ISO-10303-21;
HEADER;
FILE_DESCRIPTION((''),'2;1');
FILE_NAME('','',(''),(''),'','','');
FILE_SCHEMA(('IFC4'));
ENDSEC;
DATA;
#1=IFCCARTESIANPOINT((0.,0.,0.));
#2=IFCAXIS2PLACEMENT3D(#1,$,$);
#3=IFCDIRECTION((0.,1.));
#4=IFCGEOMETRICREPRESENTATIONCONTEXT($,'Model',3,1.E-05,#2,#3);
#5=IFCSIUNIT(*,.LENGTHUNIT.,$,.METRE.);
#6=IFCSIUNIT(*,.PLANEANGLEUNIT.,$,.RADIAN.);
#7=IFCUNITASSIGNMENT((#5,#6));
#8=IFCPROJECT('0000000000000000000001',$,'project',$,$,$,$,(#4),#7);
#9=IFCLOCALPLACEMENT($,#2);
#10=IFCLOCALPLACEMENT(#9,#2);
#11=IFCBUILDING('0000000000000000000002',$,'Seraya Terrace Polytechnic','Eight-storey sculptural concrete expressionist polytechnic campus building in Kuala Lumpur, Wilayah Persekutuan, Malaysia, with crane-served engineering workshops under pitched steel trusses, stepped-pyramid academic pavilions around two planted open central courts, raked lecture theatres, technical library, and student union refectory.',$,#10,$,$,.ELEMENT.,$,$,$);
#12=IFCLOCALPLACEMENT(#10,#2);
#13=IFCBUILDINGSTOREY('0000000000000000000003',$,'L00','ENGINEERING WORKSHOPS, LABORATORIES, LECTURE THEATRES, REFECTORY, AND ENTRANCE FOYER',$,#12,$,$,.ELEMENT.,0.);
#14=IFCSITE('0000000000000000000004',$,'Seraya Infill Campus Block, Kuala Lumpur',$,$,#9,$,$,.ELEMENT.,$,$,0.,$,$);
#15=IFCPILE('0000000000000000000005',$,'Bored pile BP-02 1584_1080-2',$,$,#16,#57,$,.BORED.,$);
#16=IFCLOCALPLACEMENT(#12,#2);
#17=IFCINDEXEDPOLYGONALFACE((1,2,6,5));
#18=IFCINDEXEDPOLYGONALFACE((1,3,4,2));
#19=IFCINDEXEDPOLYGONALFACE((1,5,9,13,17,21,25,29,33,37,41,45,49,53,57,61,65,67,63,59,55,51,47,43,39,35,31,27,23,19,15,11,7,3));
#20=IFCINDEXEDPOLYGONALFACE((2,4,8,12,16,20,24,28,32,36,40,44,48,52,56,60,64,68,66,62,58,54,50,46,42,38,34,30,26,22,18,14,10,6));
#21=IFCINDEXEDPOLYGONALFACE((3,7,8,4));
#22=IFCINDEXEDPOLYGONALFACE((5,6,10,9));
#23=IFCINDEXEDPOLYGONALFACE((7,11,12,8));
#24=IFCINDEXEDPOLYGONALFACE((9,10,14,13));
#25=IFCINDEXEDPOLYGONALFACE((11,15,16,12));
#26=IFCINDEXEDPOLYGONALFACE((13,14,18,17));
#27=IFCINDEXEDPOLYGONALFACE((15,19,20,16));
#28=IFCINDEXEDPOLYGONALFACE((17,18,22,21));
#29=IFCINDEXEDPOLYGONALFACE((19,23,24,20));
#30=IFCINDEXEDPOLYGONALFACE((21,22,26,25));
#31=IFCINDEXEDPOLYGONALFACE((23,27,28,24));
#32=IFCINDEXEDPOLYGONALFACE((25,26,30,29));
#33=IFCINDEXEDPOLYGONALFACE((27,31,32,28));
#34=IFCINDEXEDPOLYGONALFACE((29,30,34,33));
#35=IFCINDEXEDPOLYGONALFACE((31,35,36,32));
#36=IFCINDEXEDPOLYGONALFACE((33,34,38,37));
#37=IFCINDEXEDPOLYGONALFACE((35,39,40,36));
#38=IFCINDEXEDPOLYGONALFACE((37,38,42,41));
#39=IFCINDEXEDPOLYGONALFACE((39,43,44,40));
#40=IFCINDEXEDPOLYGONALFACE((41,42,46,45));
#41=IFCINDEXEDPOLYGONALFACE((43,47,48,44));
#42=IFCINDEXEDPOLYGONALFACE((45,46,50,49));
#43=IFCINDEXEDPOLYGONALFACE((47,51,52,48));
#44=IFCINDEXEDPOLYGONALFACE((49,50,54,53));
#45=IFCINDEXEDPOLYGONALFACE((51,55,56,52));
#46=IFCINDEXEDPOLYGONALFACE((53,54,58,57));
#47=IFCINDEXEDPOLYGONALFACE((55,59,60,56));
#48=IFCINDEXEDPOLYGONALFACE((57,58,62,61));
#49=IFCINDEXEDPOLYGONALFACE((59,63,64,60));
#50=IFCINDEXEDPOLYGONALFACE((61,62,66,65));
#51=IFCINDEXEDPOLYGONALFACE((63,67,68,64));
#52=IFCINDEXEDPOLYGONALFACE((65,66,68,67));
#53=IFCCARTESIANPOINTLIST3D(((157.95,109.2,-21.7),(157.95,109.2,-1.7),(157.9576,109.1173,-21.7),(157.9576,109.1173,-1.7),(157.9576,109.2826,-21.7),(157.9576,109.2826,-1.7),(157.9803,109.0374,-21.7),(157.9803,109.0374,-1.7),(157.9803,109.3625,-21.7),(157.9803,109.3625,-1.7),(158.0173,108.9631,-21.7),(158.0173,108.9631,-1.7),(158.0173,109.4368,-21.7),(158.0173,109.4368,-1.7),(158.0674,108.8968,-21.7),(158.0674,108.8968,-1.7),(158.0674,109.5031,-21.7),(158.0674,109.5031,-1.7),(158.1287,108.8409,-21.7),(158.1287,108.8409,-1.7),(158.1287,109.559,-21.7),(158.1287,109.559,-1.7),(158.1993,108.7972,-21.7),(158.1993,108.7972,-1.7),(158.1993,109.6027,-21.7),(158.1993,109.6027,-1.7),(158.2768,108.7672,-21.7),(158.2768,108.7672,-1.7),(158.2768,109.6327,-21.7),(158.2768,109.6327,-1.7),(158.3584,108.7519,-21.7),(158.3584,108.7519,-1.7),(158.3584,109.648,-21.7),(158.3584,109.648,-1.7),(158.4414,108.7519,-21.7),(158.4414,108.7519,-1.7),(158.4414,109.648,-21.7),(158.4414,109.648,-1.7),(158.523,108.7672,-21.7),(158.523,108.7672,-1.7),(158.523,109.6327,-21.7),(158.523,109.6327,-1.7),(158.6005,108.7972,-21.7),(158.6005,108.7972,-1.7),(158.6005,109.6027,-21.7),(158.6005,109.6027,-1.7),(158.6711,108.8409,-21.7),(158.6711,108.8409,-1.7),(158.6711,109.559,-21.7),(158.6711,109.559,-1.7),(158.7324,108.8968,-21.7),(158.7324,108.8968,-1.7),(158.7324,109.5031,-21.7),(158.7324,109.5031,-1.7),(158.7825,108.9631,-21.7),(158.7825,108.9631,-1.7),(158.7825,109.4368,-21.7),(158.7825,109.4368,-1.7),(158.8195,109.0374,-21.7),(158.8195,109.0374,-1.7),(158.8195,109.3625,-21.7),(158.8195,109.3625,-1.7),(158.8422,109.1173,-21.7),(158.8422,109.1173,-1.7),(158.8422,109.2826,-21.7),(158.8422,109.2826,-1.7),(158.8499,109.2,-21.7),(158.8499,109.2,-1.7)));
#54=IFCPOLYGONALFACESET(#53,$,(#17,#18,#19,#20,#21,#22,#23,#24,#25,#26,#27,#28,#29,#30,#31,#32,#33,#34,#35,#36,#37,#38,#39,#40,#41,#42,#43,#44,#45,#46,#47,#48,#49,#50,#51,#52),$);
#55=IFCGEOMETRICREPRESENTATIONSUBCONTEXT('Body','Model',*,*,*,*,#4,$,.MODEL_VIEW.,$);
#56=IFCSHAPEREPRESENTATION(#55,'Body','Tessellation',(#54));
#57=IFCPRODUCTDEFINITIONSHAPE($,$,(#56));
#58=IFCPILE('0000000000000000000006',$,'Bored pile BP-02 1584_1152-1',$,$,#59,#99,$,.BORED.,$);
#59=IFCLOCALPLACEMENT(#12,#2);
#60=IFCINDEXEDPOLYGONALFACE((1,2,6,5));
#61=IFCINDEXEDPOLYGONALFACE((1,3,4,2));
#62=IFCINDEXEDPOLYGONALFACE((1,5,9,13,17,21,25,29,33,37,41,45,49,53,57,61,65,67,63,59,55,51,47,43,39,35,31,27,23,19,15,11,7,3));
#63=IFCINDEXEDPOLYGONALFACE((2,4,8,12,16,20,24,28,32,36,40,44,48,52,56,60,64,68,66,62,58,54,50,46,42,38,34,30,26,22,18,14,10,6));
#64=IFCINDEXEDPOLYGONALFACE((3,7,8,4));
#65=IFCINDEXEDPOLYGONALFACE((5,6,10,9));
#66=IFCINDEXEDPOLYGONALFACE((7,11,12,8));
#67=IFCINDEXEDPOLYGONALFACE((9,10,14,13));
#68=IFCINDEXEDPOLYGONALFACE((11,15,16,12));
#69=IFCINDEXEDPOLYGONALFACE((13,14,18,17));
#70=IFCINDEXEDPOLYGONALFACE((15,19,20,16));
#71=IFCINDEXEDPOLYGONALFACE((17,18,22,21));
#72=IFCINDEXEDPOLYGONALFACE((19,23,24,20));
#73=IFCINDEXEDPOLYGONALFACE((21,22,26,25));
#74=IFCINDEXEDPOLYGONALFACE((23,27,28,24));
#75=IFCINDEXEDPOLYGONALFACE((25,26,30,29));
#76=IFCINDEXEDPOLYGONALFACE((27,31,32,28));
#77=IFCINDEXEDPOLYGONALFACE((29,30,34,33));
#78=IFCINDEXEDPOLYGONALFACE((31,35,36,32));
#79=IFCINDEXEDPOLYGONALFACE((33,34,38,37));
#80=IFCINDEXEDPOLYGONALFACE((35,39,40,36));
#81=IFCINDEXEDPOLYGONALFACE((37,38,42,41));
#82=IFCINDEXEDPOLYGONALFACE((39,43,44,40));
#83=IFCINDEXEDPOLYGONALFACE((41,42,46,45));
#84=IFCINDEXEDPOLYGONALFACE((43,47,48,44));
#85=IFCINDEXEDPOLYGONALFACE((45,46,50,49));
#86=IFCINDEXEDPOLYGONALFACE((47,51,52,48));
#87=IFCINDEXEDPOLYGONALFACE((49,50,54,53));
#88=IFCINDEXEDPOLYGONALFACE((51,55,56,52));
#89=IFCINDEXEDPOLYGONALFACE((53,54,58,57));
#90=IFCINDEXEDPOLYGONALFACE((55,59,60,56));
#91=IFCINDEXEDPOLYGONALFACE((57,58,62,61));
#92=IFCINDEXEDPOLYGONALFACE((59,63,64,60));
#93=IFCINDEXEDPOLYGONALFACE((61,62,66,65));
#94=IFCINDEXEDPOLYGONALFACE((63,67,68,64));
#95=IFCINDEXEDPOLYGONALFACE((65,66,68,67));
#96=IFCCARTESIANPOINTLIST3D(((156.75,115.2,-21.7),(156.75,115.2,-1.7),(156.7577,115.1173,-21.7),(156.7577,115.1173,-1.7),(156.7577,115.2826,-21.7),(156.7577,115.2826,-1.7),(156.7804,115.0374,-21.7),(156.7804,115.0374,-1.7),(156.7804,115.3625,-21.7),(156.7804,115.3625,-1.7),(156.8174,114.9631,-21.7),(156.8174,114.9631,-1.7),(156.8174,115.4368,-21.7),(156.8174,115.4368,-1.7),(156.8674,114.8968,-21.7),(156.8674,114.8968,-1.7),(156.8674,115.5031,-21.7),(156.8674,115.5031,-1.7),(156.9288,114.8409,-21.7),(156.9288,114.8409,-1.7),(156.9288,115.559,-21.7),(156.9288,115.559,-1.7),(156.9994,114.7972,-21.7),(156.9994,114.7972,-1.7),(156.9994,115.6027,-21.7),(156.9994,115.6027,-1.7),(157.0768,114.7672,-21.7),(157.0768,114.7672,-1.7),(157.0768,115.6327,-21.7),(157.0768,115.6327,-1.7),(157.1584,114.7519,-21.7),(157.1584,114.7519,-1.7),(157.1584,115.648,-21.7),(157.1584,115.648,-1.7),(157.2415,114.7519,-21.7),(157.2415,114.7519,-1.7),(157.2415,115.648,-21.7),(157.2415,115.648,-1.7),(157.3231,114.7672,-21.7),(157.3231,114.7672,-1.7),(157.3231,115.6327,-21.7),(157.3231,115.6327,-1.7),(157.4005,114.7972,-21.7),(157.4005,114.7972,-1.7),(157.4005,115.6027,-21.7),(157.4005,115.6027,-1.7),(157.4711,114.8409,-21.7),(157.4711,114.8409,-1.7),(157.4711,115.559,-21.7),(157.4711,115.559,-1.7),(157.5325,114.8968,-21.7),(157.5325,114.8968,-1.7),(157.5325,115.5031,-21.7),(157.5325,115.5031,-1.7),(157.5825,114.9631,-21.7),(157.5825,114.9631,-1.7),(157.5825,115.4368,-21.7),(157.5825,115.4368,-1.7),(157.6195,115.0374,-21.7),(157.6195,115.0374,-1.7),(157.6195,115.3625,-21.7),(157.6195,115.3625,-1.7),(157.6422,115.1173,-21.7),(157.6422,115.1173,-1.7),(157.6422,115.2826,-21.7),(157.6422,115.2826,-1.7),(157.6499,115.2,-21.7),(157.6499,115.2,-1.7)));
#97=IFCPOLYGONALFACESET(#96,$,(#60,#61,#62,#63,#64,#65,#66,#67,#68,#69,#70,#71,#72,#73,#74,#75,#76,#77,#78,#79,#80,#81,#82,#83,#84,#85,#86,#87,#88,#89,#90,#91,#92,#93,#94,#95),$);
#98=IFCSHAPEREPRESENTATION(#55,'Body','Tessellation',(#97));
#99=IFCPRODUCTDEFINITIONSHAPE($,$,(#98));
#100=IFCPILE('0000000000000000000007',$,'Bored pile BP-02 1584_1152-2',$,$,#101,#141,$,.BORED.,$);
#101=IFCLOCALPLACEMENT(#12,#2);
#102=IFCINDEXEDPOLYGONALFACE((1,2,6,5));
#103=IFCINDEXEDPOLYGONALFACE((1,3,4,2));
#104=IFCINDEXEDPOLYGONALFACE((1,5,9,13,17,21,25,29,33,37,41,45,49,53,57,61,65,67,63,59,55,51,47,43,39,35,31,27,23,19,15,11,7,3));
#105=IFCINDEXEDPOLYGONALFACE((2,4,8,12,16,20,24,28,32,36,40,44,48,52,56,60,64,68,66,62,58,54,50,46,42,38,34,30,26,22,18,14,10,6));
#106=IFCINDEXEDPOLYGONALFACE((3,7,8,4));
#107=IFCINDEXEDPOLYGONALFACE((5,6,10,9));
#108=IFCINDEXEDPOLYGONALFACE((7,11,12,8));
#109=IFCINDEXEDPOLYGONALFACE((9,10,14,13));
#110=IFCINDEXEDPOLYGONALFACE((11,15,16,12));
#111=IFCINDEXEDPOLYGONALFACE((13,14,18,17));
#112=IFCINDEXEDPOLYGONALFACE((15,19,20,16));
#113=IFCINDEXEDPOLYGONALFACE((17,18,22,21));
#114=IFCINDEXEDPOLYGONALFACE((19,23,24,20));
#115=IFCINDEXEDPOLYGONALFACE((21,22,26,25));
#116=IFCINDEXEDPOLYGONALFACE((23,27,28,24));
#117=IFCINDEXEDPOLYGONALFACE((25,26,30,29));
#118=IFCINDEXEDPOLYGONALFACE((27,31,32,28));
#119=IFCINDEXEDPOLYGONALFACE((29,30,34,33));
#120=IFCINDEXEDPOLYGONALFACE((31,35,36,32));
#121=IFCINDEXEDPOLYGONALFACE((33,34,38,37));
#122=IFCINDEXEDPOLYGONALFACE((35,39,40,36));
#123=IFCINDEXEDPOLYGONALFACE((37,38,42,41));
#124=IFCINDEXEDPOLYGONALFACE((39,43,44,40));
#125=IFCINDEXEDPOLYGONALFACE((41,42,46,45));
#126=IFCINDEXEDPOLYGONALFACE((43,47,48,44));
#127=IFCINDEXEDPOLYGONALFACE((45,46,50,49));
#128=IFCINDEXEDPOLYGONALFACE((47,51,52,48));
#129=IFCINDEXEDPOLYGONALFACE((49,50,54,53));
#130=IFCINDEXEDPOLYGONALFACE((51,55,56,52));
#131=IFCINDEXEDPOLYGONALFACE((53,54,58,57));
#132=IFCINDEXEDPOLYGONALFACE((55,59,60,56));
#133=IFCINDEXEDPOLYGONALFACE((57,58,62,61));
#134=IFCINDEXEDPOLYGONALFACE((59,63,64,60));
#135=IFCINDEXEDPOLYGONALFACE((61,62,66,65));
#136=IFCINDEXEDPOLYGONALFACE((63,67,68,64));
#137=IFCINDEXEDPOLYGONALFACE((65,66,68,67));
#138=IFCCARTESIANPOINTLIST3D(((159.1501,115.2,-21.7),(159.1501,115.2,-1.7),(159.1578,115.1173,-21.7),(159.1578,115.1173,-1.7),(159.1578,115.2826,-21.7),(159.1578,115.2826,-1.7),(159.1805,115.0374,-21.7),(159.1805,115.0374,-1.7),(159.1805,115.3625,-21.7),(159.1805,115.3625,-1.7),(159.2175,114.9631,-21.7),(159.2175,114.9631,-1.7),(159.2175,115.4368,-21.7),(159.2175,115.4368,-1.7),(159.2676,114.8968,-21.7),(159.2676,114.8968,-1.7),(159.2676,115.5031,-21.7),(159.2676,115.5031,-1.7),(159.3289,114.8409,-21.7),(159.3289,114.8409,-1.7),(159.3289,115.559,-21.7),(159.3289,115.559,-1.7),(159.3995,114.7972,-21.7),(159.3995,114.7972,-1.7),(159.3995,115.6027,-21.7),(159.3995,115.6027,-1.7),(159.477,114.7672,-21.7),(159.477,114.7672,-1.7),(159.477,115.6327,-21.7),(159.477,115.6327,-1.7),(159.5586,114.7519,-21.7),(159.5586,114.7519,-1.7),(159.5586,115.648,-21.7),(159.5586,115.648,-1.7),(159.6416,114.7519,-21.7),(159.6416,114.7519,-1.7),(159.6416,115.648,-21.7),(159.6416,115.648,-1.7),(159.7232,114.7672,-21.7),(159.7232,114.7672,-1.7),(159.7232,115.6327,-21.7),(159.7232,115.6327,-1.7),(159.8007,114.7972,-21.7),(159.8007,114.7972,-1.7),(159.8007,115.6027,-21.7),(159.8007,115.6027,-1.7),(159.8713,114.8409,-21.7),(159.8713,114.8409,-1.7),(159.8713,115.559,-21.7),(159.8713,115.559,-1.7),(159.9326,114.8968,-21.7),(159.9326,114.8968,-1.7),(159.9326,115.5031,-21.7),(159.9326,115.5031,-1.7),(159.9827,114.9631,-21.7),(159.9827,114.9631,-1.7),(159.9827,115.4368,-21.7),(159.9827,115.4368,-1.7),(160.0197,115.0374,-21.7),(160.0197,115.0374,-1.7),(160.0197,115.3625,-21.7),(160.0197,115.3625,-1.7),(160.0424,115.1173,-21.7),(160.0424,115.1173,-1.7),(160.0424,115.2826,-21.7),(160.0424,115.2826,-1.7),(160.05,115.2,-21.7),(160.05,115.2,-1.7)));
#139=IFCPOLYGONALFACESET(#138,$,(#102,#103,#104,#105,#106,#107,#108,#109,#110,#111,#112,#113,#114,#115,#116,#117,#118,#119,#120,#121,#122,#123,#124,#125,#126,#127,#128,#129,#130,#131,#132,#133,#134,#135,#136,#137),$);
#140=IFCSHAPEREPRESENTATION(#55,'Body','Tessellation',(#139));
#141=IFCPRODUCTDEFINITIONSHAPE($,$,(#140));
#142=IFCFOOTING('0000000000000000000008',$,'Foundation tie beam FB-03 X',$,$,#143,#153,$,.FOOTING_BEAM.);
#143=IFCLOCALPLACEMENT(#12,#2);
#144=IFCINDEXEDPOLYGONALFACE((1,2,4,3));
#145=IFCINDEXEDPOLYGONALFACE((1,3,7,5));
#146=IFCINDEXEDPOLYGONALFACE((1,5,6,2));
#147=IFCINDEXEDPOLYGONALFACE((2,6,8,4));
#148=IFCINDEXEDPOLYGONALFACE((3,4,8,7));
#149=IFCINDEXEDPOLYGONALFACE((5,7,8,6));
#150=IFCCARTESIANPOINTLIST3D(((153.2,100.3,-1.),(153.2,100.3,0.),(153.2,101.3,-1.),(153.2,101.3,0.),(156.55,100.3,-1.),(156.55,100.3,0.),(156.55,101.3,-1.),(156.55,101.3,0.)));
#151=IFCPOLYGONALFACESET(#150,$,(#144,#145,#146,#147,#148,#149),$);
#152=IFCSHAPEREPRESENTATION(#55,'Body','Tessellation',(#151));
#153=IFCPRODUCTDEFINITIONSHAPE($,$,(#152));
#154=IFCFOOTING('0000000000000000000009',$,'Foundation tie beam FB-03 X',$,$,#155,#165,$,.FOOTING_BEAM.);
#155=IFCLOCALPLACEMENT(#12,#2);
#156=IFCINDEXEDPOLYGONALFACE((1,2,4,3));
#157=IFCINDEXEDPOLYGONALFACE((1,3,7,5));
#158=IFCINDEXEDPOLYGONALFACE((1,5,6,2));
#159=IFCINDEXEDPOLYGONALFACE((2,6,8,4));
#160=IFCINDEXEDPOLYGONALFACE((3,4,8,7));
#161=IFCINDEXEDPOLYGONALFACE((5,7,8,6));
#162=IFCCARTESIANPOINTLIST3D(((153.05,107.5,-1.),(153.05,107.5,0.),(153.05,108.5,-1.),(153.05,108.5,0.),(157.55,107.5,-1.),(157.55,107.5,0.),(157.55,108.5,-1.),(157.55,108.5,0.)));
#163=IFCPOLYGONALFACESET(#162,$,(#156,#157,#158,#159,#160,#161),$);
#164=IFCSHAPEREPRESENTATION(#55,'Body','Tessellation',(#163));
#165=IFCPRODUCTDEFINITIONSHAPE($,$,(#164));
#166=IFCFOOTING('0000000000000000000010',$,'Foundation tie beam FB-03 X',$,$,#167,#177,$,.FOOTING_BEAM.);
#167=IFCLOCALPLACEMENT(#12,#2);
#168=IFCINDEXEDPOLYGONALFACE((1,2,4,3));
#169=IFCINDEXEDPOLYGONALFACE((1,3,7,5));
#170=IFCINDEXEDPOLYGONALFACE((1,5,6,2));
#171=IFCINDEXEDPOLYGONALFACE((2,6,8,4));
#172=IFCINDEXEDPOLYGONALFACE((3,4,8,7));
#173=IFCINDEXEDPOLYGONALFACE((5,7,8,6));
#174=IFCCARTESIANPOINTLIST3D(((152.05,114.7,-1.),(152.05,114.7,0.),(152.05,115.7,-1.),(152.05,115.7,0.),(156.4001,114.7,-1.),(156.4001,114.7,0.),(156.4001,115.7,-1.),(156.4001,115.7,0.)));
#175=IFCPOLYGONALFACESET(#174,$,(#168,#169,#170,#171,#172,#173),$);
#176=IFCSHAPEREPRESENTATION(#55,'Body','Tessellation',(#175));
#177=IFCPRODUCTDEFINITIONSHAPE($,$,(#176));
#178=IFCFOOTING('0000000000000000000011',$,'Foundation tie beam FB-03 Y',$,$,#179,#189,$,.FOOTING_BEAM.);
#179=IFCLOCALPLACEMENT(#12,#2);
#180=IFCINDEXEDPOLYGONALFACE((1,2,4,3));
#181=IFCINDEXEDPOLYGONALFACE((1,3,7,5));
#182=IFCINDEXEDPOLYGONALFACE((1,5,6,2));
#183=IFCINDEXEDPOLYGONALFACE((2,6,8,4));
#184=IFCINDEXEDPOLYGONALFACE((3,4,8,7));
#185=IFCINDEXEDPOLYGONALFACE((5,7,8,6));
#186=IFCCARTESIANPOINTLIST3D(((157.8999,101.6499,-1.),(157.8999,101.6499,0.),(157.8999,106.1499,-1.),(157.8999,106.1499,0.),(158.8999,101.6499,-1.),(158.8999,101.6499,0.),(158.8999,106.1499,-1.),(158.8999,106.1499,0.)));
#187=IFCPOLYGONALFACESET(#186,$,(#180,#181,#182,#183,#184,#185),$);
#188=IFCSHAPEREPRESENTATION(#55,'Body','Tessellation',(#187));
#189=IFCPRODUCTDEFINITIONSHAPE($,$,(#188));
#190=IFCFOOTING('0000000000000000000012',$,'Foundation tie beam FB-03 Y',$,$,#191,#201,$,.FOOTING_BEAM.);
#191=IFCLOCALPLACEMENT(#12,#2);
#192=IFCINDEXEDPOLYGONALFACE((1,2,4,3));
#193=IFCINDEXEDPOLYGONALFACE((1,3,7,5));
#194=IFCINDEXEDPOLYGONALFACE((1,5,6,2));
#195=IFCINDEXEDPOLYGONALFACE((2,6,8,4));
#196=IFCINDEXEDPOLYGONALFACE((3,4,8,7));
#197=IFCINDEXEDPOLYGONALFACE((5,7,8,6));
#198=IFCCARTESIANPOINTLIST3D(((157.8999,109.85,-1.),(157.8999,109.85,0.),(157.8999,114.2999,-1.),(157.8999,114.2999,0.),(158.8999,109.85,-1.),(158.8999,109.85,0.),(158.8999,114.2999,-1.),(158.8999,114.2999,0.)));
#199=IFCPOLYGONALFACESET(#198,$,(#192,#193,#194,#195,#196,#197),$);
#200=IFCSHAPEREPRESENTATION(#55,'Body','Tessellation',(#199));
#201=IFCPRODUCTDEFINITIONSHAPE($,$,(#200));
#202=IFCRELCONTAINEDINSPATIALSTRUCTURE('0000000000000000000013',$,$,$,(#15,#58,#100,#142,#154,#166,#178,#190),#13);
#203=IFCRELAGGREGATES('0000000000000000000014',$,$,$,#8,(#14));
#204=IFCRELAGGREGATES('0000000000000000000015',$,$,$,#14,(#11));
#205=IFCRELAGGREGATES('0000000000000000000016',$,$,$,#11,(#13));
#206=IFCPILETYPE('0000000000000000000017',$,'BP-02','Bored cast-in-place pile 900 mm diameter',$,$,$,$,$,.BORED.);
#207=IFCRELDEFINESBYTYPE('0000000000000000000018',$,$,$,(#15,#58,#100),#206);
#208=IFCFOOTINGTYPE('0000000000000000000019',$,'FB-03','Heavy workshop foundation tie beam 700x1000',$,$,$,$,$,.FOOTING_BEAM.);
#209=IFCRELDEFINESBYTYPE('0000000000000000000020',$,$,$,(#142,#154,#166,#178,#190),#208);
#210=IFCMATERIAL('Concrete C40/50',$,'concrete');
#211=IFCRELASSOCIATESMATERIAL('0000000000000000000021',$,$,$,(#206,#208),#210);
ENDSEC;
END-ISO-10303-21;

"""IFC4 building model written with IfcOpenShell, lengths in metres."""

from ifc_helpers import new_model, si_unit, direction, frame, origin, origin_2d, place, context, subcontext, project, spatial, rectangle, circle, extrude, material, material_profile, profile_set, type_object, element, save


model = new_model("IFC4")

# Units and contexts
model_context = context("Model", 3, precision=1e-05, world=origin(), true_north=direction((0.0, 1.0)))
body_context = subcontext(model_context, "Body", "Model", "MODEL_VIEW")
ifc_project = project(units=[si_unit("LENGTHUNIT", "METRE"), si_unit("PLANEANGLEUNIT", "RADIAN")], contexts=[model_context])

# Site, building, storey
site_placement = place(None, origin())
site = spatial("IfcSite", under=ifc_project, at=site_placement, Name="Seraya Infill Campus Block, Kuala Lumpur", CompositionType="ELEMENT", RefElevation=0.0)
building_placement = place(site_placement, origin())
building = spatial("IfcBuilding", under=site, at=building_placement, Name="Seraya Terrace Polytechnic", Description="Eight-storey sculptural concrete expressionist polytechnic campus building in Kuala Lumpur, Wilayah Persekutuan, Malaysia, with crane-served engineering workshops under pitched steel trusses, stepped-pyramid academic pavilions around two planted open central courts, raked lecture theatres, technical library, and student union refectory.", CompositionType="ELEMENT")
storey_placement = place(building_placement, origin())
storey = spatial("IfcBuildingStorey", under=building, at=storey_placement, Name="L00", Description="ENGINEERING WORKSHOPS, LABORATORIES, LECTURE THEATRES, REFECTORY, AND ENTRANCE FOYER", CompositionType="ELEMENT", Elevation=0.0)

# Piles
ifc_material_1 = material(Name="Concrete C40/50", Category="concrete")
ifc_material_profile_1 = material_profile(ifc_material_1, circle(Radius=0.45, at=origin_2d()), Name="DIA 900")
ifc_profile_set_1 = profile_set([ifc_material_profile_1], Name="Concrete C40/50")
pile_type = type_object("IfcPileType", Name="BP-02", Description="Bored cast-in-place pile 900 mm diameter", PredefinedType="BORED", material=ifc_profile_set_1)
for number, where, z_axis, x_axis, name in (
    (1, (158.3999, 109.2, -1.7), (0.0, 0.0, -1.0), (1.0, 0.0, 0.0), "Bored pile BP-02 1584_1080-2"),
    (2, (157.2, 115.2, -1.7), (0.0, 0.0, -1.0), (1.0, 0.0, 0.0), "Bored pile BP-02 1584_1152-1"),
    (3, (159.6001, 115.2, -1.7), (0.0, 0.0, -1.0), (1.0, 0.0, 0.0), "Bored pile BP-02 1584_1152-2"),
):
    element("IfcPile", number, at=place(storey_placement, frame(where, z_axis=z_axis, x_axis=x_axis)), inside=storey, type_object=pile_type, Name=name, PredefinedType="BORED", context=body_context, shape_type="SweptSolid", body=[
        extrude(circle(Radius=0.45, at=origin_2d()), origin(), (0.0, 0.0, 1.0), 20.0),
    ])

# Footings
footing_type_1 = type_object("IfcFootingType", Name="FB-03", Description="Heavy workshop foundation tie beam 700x1000", PredefinedType="FOOTING_BEAM", material=ifc_material_1)
footing_1_placement = place(storey_placement, frame((154.875, 100.8, -1.0), z_axis=(0.0, 0.0, 1.0), x_axis=(1.0, 0.0, 0.0)))
element("IfcFooting", 4, at=footing_1_placement, inside=storey, type_object=footing_type_1, Name="Foundation tie beam FB-03 X", PredefinedType="FOOTING_BEAM", context=body_context, shape_type="SweptSolid", body=[
    extrude(rectangle(XDim=3.3501, YDim=1.0, at=origin_2d()), origin(), (0.0, 0.0, 1.0), 1.0),
])
footing_2_placement = place(storey_placement, frame((155.3, 108.0, -1.0), z_axis=(0.0, 0.0, 1.0), x_axis=(1.0, 0.0, 0.0)))
element("IfcFooting", 5, at=footing_2_placement, inside=storey, type_object=footing_type_1, Name="Foundation tie beam FB-03 X", PredefinedType="FOOTING_BEAM", context=body_context, shape_type="SweptSolid", body=[
    extrude(rectangle(XDim=4.5, YDim=1.0, at=origin_2d()), origin(), (0.0, 0.0, 1.0), 1.0),
])
footing_3_placement = place(storey_placement, frame((154.2251, 115.2, -1.0), z_axis=(0.0, 0.0, 1.0), x_axis=(1.0, 0.0, 0.0)))
element("IfcFooting", 6, at=footing_3_placement, inside=storey, type_object=footing_type_1, Name="Foundation tie beam FB-03 X", PredefinedType="FOOTING_BEAM", context=body_context, shape_type="SweptSolid", body=[
    extrude(rectangle(XDim=4.3501, YDim=1.0, at=origin_2d()), origin(), (0.0, 0.0, 1.0), 1.0),
])
footing_4_placement = place(storey_placement, frame((158.3999, 103.8999, -1.0), z_axis=(0.0, 0.0, 1.0), x_axis=(0.0, 1.0, 0.0)))
element("IfcFooting", 7, at=footing_4_placement, inside=storey, type_object=footing_type_1, Name="Foundation tie beam FB-03 Y", PredefinedType="FOOTING_BEAM", context=body_context, shape_type="SweptSolid", body=[
    extrude(rectangle(XDim=4.5, YDim=1.0, at=origin_2d()), origin(), (0.0, 0.0, 1.0), 1.0),
])
footing_5_placement = place(storey_placement, frame((158.3999, 112.075, -1.0), z_axis=(0.0, 0.0, 1.0), x_axis=(0.0, 1.0, 0.0)))
element("IfcFooting", 8, at=footing_5_placement, inside=storey, type_object=footing_type_1, Name="Foundation tie beam FB-03 Y", PredefinedType="FOOTING_BEAM", context=body_context, shape_type="SweptSolid", body=[
    extrude(rectangle(XDim=4.45, YDim=1.0, at=origin_2d()), origin(), (0.0, 0.0, 1.0), 1.0),
])

save(model, "model.ifc")
